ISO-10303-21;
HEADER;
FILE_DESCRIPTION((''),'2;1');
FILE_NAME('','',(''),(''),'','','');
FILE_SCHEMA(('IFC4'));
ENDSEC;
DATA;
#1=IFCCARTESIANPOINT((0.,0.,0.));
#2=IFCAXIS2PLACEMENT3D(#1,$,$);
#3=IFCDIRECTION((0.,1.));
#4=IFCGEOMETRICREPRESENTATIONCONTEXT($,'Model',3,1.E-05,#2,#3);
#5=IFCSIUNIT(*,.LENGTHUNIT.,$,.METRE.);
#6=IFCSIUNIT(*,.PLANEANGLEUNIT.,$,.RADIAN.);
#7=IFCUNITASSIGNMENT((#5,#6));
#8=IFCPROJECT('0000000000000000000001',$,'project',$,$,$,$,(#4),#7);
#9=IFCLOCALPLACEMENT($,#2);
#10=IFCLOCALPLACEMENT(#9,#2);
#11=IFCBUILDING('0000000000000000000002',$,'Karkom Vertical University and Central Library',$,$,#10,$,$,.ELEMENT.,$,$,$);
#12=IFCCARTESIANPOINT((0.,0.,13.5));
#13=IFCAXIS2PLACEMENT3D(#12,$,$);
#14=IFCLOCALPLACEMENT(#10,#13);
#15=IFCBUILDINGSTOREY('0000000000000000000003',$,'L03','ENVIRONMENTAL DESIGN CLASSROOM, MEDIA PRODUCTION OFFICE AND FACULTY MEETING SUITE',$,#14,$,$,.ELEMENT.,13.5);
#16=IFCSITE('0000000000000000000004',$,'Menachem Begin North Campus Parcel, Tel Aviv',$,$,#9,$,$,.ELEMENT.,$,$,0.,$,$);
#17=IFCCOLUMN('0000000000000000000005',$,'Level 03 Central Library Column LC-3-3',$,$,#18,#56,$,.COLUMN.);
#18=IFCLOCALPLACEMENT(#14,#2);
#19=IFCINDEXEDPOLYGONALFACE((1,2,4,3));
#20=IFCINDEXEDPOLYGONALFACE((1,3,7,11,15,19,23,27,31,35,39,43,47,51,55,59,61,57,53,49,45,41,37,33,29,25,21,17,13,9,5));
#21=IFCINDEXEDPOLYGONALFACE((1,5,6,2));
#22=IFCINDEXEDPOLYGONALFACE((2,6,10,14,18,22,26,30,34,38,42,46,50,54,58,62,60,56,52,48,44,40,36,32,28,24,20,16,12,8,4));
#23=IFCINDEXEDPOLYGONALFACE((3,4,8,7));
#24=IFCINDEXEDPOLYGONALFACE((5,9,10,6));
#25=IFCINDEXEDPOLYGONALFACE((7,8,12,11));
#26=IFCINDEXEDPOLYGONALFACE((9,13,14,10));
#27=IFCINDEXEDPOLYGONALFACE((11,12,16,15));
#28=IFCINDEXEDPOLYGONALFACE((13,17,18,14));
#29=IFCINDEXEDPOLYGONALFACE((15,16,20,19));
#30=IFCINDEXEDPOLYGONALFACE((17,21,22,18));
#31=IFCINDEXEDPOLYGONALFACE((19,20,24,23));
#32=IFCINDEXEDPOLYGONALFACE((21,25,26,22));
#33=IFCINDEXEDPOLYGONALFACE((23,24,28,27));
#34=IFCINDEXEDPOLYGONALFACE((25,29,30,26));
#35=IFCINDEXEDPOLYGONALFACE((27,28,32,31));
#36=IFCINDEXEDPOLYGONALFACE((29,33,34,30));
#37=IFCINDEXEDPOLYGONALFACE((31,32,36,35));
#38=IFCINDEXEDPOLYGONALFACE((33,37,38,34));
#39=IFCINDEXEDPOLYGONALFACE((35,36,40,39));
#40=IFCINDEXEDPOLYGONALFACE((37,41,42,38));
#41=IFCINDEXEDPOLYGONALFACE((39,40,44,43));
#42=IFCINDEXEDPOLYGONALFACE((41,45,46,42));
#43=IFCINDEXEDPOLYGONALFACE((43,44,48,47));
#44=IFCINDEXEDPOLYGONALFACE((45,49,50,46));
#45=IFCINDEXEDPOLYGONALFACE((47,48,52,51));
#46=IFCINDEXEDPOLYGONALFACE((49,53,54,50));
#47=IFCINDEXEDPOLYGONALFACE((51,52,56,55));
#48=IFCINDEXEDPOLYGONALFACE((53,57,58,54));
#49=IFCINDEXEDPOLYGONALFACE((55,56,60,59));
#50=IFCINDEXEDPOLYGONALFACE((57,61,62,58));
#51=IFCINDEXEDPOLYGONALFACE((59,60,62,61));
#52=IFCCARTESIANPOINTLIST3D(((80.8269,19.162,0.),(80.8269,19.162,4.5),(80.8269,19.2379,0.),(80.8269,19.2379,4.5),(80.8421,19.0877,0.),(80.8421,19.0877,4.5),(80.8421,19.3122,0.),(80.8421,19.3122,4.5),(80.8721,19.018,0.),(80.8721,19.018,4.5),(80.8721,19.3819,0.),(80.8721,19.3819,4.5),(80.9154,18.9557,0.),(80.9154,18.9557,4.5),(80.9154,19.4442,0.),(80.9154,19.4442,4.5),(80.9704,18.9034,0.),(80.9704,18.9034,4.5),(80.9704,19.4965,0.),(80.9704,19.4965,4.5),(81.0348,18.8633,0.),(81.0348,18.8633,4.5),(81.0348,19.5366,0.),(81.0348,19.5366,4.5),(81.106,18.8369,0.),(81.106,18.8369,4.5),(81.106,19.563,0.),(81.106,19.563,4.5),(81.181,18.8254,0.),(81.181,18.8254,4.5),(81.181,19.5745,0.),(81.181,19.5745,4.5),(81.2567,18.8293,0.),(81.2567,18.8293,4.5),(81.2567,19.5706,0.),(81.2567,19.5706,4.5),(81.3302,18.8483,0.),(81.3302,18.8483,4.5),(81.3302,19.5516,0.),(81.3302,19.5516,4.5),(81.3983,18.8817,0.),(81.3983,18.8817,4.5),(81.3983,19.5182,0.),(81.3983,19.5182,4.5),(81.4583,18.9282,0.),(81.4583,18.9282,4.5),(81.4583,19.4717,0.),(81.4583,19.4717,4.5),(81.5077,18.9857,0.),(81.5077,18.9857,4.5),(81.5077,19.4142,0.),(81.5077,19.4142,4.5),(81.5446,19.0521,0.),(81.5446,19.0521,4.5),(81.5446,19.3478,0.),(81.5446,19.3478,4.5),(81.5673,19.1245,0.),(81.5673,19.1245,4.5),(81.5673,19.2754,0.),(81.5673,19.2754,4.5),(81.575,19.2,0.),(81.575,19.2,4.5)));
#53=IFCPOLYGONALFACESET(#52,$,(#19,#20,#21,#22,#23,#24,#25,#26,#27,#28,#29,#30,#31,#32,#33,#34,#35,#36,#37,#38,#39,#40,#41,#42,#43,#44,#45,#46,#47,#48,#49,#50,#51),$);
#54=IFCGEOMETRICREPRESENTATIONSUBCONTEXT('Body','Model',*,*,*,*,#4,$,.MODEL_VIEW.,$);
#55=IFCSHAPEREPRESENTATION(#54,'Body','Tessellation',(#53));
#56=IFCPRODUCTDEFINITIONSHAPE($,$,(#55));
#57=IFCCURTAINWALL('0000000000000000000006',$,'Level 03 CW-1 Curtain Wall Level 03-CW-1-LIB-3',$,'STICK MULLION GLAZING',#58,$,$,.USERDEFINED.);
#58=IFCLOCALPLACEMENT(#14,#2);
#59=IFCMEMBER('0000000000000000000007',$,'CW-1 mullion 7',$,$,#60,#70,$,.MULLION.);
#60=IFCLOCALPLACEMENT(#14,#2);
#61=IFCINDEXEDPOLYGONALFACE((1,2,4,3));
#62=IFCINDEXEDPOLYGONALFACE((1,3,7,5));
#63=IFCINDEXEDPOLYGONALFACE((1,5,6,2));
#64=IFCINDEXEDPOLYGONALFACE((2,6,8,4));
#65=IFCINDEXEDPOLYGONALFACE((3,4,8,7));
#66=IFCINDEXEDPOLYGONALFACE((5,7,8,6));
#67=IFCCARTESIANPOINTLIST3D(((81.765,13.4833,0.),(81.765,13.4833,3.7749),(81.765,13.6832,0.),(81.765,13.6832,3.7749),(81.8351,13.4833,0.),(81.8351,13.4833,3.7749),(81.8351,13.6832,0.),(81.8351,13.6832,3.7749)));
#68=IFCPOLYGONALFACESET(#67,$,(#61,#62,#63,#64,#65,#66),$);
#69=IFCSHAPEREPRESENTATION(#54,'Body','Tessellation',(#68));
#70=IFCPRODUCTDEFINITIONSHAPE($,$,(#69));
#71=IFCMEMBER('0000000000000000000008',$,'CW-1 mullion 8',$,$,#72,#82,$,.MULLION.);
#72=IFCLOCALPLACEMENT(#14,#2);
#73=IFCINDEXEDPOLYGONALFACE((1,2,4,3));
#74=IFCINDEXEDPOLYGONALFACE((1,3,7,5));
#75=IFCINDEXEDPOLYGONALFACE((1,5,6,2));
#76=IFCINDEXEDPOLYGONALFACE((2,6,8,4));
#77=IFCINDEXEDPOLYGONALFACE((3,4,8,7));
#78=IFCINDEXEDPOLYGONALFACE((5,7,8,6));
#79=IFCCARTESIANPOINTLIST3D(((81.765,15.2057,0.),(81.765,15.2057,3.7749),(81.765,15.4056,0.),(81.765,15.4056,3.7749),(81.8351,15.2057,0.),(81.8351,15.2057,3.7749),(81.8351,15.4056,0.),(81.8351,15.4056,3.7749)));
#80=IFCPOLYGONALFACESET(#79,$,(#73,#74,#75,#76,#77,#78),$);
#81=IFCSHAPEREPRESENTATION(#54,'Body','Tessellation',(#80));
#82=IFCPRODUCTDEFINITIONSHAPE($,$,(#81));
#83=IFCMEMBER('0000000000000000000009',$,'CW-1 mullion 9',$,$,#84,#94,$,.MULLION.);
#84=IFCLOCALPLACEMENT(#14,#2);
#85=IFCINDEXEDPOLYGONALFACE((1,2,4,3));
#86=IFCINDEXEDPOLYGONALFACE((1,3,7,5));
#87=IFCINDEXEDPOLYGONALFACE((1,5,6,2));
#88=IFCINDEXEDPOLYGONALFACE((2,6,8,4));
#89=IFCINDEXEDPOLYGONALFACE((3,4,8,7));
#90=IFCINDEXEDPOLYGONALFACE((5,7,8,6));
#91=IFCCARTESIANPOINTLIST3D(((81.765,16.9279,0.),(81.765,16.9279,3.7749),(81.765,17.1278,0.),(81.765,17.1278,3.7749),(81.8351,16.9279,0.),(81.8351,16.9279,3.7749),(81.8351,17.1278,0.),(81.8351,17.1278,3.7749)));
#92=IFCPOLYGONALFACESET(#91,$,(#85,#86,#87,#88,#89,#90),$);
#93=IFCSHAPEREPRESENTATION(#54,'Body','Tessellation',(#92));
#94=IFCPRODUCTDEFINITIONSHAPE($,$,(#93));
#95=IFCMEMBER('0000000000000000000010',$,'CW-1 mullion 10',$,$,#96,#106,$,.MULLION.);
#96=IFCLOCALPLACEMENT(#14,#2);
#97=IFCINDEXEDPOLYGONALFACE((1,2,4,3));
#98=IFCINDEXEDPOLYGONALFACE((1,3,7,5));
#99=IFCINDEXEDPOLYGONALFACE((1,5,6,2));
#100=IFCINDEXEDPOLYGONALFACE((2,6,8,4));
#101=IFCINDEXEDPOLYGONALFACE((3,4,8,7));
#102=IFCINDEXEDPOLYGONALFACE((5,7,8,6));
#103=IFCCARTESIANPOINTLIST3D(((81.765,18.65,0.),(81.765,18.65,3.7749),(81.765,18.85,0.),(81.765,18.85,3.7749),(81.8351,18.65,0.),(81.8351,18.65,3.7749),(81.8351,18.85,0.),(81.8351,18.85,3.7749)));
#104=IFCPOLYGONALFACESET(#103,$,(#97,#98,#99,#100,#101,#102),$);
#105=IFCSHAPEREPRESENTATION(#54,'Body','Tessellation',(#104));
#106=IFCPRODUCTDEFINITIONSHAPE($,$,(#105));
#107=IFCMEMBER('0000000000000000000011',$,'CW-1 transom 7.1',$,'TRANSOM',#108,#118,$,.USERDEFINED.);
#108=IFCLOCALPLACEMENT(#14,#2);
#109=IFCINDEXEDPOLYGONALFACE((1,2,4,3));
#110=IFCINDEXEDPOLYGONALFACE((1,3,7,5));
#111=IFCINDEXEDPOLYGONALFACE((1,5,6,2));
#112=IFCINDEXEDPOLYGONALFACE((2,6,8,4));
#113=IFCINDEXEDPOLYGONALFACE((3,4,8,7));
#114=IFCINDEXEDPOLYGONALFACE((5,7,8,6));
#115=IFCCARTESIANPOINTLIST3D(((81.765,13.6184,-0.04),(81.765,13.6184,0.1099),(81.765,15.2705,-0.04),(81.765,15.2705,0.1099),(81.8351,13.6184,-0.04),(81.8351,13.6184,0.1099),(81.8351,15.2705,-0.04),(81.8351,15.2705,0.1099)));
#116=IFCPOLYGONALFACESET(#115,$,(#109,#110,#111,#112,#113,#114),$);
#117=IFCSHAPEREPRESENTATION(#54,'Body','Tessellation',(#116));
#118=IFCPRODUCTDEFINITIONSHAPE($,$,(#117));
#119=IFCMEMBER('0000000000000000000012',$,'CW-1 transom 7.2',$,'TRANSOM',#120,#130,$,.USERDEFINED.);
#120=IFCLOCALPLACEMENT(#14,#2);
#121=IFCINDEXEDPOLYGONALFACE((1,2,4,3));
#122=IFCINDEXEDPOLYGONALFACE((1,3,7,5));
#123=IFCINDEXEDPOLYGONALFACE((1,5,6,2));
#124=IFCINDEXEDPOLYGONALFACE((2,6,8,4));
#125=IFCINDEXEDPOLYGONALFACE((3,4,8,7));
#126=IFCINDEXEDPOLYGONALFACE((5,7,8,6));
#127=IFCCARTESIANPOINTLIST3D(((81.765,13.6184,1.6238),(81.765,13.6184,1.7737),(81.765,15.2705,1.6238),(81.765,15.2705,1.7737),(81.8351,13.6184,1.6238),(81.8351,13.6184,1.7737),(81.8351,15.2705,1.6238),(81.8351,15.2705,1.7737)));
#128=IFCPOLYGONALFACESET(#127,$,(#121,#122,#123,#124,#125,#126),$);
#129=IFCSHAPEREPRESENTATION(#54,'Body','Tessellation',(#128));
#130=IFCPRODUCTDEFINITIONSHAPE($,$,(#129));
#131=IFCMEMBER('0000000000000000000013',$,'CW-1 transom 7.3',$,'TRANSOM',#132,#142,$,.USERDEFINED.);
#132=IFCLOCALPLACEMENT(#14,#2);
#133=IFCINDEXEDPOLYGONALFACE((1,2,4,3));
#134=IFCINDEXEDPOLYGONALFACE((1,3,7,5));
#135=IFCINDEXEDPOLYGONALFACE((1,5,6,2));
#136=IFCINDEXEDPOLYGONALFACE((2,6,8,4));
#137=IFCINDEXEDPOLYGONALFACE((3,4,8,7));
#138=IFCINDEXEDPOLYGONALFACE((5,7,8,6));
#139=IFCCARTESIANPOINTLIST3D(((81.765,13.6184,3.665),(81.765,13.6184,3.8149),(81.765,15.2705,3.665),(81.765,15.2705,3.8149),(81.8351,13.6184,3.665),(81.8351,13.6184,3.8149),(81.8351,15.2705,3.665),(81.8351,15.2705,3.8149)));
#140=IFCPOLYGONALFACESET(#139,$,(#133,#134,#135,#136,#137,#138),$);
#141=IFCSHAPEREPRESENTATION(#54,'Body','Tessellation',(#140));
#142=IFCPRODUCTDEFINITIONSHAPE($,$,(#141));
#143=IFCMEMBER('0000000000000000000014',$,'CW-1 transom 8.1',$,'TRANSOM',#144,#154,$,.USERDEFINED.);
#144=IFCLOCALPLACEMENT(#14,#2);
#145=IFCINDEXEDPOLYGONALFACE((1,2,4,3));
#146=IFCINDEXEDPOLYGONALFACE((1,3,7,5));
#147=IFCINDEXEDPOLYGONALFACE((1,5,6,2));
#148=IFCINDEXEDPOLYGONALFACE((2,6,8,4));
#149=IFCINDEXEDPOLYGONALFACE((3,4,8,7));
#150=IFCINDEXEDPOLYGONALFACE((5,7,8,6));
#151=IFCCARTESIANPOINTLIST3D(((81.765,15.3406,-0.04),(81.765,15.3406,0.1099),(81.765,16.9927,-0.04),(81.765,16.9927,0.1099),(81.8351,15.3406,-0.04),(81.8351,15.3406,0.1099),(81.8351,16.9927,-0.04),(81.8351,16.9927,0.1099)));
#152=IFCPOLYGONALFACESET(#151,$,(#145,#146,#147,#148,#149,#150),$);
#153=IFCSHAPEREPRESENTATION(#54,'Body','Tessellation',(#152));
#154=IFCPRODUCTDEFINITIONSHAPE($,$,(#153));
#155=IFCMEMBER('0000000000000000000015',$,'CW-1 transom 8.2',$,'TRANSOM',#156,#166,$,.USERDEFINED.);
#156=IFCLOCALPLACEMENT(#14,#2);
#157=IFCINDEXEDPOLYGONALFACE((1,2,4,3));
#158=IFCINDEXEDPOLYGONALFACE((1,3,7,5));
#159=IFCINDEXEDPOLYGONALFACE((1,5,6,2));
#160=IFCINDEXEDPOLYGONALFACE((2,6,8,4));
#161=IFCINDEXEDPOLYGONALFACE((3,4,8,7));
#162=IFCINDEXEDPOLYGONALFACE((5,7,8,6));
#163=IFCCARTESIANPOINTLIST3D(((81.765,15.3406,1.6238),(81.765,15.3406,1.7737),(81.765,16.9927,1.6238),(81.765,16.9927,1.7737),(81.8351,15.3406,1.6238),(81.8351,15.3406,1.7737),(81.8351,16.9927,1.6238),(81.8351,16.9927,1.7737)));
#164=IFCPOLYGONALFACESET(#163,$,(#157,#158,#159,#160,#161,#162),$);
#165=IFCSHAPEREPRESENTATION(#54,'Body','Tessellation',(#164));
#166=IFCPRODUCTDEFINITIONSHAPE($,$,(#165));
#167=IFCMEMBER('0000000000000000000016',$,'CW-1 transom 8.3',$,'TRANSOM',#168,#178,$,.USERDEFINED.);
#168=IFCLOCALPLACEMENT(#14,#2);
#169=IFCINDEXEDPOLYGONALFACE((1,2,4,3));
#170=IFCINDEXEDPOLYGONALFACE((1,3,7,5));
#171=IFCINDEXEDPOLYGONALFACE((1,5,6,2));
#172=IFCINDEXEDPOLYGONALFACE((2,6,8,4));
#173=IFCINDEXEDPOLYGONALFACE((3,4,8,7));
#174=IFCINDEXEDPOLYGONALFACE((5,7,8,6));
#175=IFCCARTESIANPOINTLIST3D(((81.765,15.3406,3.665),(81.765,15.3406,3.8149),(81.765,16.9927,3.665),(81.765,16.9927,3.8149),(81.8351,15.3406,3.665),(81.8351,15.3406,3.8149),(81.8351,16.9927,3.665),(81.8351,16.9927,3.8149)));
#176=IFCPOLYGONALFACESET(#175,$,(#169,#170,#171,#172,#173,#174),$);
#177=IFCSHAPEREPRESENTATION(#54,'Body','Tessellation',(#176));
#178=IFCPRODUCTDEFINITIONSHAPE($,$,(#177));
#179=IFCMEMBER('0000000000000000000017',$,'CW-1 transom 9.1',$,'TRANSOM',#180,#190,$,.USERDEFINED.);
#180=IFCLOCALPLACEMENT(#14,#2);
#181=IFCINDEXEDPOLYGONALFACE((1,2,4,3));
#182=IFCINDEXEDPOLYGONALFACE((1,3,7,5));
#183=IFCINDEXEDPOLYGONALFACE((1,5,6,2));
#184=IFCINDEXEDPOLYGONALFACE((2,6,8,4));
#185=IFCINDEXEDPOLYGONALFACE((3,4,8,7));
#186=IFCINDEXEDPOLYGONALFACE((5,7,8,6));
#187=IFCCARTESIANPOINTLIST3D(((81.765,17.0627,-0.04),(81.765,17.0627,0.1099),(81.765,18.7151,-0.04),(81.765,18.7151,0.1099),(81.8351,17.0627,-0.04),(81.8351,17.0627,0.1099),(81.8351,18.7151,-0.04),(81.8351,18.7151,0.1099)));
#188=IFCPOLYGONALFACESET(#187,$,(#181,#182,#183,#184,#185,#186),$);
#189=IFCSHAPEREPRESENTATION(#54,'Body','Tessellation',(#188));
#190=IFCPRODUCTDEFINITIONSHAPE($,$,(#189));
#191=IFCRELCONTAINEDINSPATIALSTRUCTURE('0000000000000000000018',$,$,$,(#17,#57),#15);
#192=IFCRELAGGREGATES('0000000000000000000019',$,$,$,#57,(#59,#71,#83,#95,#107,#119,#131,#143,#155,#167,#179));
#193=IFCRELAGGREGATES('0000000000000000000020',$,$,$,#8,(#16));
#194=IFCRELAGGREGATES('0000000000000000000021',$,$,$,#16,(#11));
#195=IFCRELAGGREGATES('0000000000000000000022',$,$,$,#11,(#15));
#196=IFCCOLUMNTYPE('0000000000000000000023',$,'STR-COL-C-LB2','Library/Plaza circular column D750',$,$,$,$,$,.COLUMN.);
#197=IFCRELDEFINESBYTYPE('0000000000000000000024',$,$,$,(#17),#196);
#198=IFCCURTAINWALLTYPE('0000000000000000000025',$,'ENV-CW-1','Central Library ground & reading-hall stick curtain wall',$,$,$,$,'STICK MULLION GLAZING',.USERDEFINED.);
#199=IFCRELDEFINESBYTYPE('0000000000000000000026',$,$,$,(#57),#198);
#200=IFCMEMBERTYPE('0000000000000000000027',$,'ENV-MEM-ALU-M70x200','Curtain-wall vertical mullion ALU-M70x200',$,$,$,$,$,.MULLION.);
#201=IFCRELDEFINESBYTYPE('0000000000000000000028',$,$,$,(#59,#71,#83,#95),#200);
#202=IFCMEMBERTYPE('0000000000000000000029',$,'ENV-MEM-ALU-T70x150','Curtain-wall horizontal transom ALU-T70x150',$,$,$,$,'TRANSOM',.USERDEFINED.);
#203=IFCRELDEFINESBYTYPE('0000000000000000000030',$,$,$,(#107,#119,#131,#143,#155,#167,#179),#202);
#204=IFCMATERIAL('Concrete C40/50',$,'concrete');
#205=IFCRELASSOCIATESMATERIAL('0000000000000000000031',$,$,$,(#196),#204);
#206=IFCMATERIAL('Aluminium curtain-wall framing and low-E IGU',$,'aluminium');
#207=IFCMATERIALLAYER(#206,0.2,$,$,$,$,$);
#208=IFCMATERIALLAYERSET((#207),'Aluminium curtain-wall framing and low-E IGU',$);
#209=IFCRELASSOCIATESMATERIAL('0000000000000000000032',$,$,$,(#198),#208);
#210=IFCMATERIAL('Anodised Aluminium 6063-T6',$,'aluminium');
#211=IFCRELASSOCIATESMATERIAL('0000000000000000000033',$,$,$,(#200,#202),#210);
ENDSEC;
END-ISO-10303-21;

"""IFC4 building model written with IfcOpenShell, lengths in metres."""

from ifc_helpers import new_model, si_unit, direction, frame, origin, origin_with_axes, origin_2d, place, context, subcontext, project, spatial, rectangle, circle, extrude, source, transform, mapped, material, layer, layer_set, material_profile, profile_set, type_object, element, aggregate, save


model = new_model("IFC4")

# Units and contexts
model_context = context("Model", 3, precision=1e-05, world=origin(), true_north=direction((0.0, 1.0)))
body_context = subcontext(model_context, "Body", "Model", "MODEL_VIEW")
ifc_project = project(units=[si_unit("LENGTHUNIT", "METRE"), si_unit("PLANEANGLEUNIT", "RADIAN")], contexts=[model_context])

# Site, building, storey
site_placement = place(None, origin())
site = spatial("IfcSite", under=ifc_project, at=site_placement, Name="Menachem Begin North Campus Parcel, Tel Aviv", CompositionType="ELEMENT", RefElevation=0.0)
building_placement = place(site_placement, origin())
building = spatial("IfcBuilding", under=site, at=building_placement, Name="Karkom Vertical University and Central Library", CompositionType="ELEMENT")
storey_placement = place(building_placement, frame((0.0, 0.0, 13.5)))
storey = spatial("IfcBuildingStorey", under=building, at=storey_placement, Name="L03", Description="ENVIRONMENTAL DESIGN CLASSROOM, MEDIA PRODUCTION OFFICE AND FACULTY MEETING SUITE", CompositionType="ELEMENT", Elevation=13.5)

# Column
ifc_material_1 = material(Name="Concrete C40/50", Category="concrete")
ifc_material_profile_1 = material_profile(ifc_material_1, circle(Radius=0.375, at=origin_2d()), Name="RC-D750")
ifc_profile_set_1 = profile_set([ifc_material_profile_1], Name="Concrete C40/50")
column_type = type_object("IfcColumnType", Name="STR-COL-C-LB2", Description="Library/Plaza circular column D750", PredefinedType="COLUMN", material=ifc_profile_set_1)
shared_shape_1 = source(origin_with_axes(), body_context, "Body", "SweptSolid", [
    extrude(circle(Radius=0.375, at=origin_2d()), origin(), (0.0, 0.0, 1.0), 4.5),
])
column_placement = place(storey_placement, frame((81.2, 19.2, 0.0), z_axis=(0.0, 0.0, 1.0), x_axis=(1.0, 0.0, 0.0)))
element("IfcColumn", 1, at=column_placement, inside=storey, type_object=column_type, Name="Level 03 Central Library Column LC-3-3", PredefinedType="COLUMN", context=body_context, shape_type="MappedRepresentation", body=[
    mapped(shared_shape_1, transform((0.0, 0.0, 0.0), scale=1.0)),
])

# Curtain wall, members
ifc_material_2 = material(Name="Aluminium curtain-wall framing and low-E IGU", Category="aluminium")
ifc_layer_1 = layer(ifc_material_2, 0.2)
ifc_layer_set_1 = layer_set([ifc_layer_1], Name="Aluminium curtain-wall framing and low-E IGU")
curtain_wall_type = type_object("IfcCurtainWallType", Name="ENV-CW-1", Description="Central Library ground & reading-hall stick curtain wall", ElementType="STICK MULLION GLAZING", PredefinedType="USERDEFINED", material=ifc_layer_set_1)
curtain_wall_placement = place(storey_placement, origin())
curtain_wall = element("IfcCurtainWall", 2, at=curtain_wall_placement, inside=storey, type_object=curtain_wall_type, Name="Level 03 CW-1 Curtain Wall Level 03-CW-1-LIB-3", ObjectType="STICK MULLION GLAZING", PredefinedType="USERDEFINED")
ifc_material_3 = material(Name="Anodised Aluminium 6063-T6", Category="aluminium")
ifc_material_profile_2 = material_profile(ifc_material_3, rectangle(XDim=0.0701, YDim=0.2, at=origin_2d()), Name="ALU-M70x200")
ifc_profile_set_2 = profile_set([ifc_material_profile_2], Name="Anodised Aluminium 6063-T6")
member_type_1 = type_object("IfcMemberType", Name="ENV-MEM-ALU-M70x200", Description="Curtain-wall vertical mullion ALU-M70x200", PredefinedType="MULLION", material=ifc_profile_set_2)
shared_shape_2 = source(origin_with_axes(), body_context, "Body", "SweptSolid", [
    extrude(rectangle(XDim=0.0701, YDim=0.2, at=origin_2d()), origin(), (0.0, 0.0, 1.0), 3.7749),
])
member_1_placement = place(storey_placement, frame((81.8, 13.5833, 0.0), z_axis=(0.0, 0.0, 1.0), x_axis=(-1.0, 0.0, 0.0)))
member_1 = element("IfcMember", 3, at=member_1_placement, type_object=member_type_1, Name="CW-1 mullion 7", PredefinedType="MULLION", context=body_context, shape_type="MappedRepresentation", body=[
    mapped(shared_shape_2, transform((0.0, 0.0, 0.0), scale=1.0)),
])
member_2_placement = place(storey_placement, frame((81.8, 15.3057, 0.0), z_axis=(0.0, 0.0, 1.0), x_axis=(-1.0, 0.0, 0.0)))
member_2 = element("IfcMember", 4, at=member_2_placement, type_object=member_type_1, Name="CW-1 mullion 8", PredefinedType="MULLION", context=body_context, shape_type="MappedRepresentation", body=[
    mapped(shared_shape_2, transform((0.0, 0.0, 0.0), scale=1.0)),
])
member_3_placement = place(storey_placement, frame((81.8, 17.0278, 0.0), z_axis=(0.0, 0.0, 1.0), x_axis=(-1.0, 0.0, 0.0)))
member_3 = element("IfcMember", 5, at=member_3_placement, type_object=member_type_1, Name="CW-1 mullion 9", PredefinedType="MULLION", context=body_context, shape_type="MappedRepresentation", body=[
    mapped(shared_shape_2, transform((0.0, 0.0, 0.0), scale=1.0)),
])
member_4_placement = place(storey_placement, frame((81.8, 18.75, 0.0), z_axis=(0.0, 0.0, 1.0), x_axis=(-1.0, 0.0, 0.0)))
member_4 = element("IfcMember", 6, at=member_4_placement, type_object=member_type_1, Name="CW-1 mullion 10", PredefinedType="MULLION", context=body_context, shape_type="MappedRepresentation", body=[
    mapped(shared_shape_2, transform((0.0, 0.0, 0.0), scale=1.0)),
])
ifc_material_profile_3 = material_profile(ifc_material_3, rectangle(XDim=0.0701, YDim=0.1499, at=origin_2d()), Name="ALU-T70x150")
ifc_profile_set_3 = profile_set([ifc_material_profile_3], Name="Anodised Aluminium 6063-T6")
member_type_2 = type_object("IfcMemberType", Name="ENV-MEM-ALU-T70x150", Description="Curtain-wall horizontal transom ALU-T70x150", ElementType="TRANSOM", PredefinedType="USERDEFINED", material=ifc_profile_set_3)
shared_shape_3 = source(origin_with_axes(), body_context, "Body", "SweptSolid", [
    extrude(rectangle(XDim=0.0701, YDim=0.1499, at=origin_2d()), origin(), (0.0, 0.0, 1.0), 1.6521),
])
member_5_placement = place(storey_placement, frame((81.8, 13.6184, 0.0349), z_axis=(0.0, 1.0, 0.0), x_axis=(-1.0, 0.0, 0.0)))
member_5 = element("IfcMember", 7, at=member_5_placement, type_object=member_type_2, Name="CW-1 transom 7.1", ObjectType="TRANSOM", PredefinedType="USERDEFINED", context=body_context, shape_type="MappedRepresentation", body=[
    mapped(shared_shape_3, transform((0.0, 0.0, 0.0), scale=1.0)),
])
member_6_placement = place(storey_placement, frame((81.8, 13.6184, 1.6987), z_axis=(0.0, 1.0, 0.0), x_axis=(-1.0, 0.0, 0.0)))
member_6 = element("IfcMember", 8, at=member_6_placement, type_object=member_type_2, Name="CW-1 transom 7.2", ObjectType="TRANSOM", PredefinedType="USERDEFINED", context=body_context, shape_type="MappedRepresentation", body=[
    mapped(shared_shape_3, transform((0.0, 0.0, 0.0), scale=1.0)),
])
member_7_placement = place(storey_placement, frame((81.8, 13.6184, 3.74), z_axis=(0.0, 1.0, 0.0), x_axis=(-1.0, 0.0, 0.0)))
member_7 = element("IfcMember", 9, at=member_7_placement, type_object=member_type_2, Name="CW-1 transom 7.3", ObjectType="TRANSOM", PredefinedType="USERDEFINED", context=body_context, shape_type="MappedRepresentation", body=[
    mapped(shared_shape_3, transform((0.0, 0.0, 0.0), scale=1.0)),
])
member_8_placement = place(storey_placement, frame((81.8, 15.3406, 0.0349), z_axis=(0.0, 1.0, 0.0), x_axis=(-1.0, 0.0, 0.0)))
member_8 = element("IfcMember", 10, at=member_8_placement, type_object=member_type_2, Name="CW-1 transom 8.1", ObjectType="TRANSOM", PredefinedType="USERDEFINED", context=body_context, shape_type="MappedRepresentation", body=[
    mapped(shared_shape_3, transform((0.0, 0.0, 0.0), scale=1.0)),
])
member_9_placement = place(storey_placement, frame((81.8, 15.3406, 1.6987), z_axis=(0.0, 1.0, 0.0), x_axis=(-1.0, 0.0, 0.0)))
member_9 = element("IfcMember", 11, at=member_9_placement, type_object=member_type_2, Name="CW-1 transom 8.2", ObjectType="TRANSOM", PredefinedType="USERDEFINED", context=body_context, shape_type="MappedRepresentation", body=[
    mapped(shared_shape_3, transform((0.0, 0.0, 0.0), scale=1.0)),
])
member_10_placement = place(storey_placement, frame((81.8, 15.3406, 3.74), z_axis=(0.0, 1.0, 0.0), x_axis=(-1.0, 0.0, 0.0)))
member_10 = element("IfcMember", 12, at=member_10_placement, type_object=member_type_2, Name="CW-1 transom 8.3", ObjectType="TRANSOM", PredefinedType="USERDEFINED", context=body_context, shape_type="MappedRepresentation", body=[
    mapped(shared_shape_3, transform((0.0, 0.0, 0.0), scale=1.0)),
])
shared_shape_4 = source(origin_with_axes(), body_context, "Body", "SweptSolid", [
    extrude(rectangle(XDim=0.0701, YDim=0.1499, at=origin_2d()), origin(), (0.0, 0.0, 1.0), 1.6523),
])
member_11_placement = place(storey_placement, frame((81.8, 17.0627, 0.0349), z_axis=(0.0, 1.0, 0.0), x_axis=(-1.0, 0.0, 0.0)))
member_11 = element("IfcMember", 13, at=member_11_placement, type_object=member_type_2, Name="CW-1 transom 9.1", ObjectType="TRANSOM", PredefinedType="USERDEFINED", context=body_context, shape_type="MappedRepresentation", body=[
    mapped(shared_shape_4, transform((0.0, 0.0, 0.0), scale=1.0)),
])
aggregate(curtain_wall, [member_1, member_2, member_3, member_4, member_5, member_6, member_7, member_8, member_9, member_10, member_11])

save(model, "model.ifc")
